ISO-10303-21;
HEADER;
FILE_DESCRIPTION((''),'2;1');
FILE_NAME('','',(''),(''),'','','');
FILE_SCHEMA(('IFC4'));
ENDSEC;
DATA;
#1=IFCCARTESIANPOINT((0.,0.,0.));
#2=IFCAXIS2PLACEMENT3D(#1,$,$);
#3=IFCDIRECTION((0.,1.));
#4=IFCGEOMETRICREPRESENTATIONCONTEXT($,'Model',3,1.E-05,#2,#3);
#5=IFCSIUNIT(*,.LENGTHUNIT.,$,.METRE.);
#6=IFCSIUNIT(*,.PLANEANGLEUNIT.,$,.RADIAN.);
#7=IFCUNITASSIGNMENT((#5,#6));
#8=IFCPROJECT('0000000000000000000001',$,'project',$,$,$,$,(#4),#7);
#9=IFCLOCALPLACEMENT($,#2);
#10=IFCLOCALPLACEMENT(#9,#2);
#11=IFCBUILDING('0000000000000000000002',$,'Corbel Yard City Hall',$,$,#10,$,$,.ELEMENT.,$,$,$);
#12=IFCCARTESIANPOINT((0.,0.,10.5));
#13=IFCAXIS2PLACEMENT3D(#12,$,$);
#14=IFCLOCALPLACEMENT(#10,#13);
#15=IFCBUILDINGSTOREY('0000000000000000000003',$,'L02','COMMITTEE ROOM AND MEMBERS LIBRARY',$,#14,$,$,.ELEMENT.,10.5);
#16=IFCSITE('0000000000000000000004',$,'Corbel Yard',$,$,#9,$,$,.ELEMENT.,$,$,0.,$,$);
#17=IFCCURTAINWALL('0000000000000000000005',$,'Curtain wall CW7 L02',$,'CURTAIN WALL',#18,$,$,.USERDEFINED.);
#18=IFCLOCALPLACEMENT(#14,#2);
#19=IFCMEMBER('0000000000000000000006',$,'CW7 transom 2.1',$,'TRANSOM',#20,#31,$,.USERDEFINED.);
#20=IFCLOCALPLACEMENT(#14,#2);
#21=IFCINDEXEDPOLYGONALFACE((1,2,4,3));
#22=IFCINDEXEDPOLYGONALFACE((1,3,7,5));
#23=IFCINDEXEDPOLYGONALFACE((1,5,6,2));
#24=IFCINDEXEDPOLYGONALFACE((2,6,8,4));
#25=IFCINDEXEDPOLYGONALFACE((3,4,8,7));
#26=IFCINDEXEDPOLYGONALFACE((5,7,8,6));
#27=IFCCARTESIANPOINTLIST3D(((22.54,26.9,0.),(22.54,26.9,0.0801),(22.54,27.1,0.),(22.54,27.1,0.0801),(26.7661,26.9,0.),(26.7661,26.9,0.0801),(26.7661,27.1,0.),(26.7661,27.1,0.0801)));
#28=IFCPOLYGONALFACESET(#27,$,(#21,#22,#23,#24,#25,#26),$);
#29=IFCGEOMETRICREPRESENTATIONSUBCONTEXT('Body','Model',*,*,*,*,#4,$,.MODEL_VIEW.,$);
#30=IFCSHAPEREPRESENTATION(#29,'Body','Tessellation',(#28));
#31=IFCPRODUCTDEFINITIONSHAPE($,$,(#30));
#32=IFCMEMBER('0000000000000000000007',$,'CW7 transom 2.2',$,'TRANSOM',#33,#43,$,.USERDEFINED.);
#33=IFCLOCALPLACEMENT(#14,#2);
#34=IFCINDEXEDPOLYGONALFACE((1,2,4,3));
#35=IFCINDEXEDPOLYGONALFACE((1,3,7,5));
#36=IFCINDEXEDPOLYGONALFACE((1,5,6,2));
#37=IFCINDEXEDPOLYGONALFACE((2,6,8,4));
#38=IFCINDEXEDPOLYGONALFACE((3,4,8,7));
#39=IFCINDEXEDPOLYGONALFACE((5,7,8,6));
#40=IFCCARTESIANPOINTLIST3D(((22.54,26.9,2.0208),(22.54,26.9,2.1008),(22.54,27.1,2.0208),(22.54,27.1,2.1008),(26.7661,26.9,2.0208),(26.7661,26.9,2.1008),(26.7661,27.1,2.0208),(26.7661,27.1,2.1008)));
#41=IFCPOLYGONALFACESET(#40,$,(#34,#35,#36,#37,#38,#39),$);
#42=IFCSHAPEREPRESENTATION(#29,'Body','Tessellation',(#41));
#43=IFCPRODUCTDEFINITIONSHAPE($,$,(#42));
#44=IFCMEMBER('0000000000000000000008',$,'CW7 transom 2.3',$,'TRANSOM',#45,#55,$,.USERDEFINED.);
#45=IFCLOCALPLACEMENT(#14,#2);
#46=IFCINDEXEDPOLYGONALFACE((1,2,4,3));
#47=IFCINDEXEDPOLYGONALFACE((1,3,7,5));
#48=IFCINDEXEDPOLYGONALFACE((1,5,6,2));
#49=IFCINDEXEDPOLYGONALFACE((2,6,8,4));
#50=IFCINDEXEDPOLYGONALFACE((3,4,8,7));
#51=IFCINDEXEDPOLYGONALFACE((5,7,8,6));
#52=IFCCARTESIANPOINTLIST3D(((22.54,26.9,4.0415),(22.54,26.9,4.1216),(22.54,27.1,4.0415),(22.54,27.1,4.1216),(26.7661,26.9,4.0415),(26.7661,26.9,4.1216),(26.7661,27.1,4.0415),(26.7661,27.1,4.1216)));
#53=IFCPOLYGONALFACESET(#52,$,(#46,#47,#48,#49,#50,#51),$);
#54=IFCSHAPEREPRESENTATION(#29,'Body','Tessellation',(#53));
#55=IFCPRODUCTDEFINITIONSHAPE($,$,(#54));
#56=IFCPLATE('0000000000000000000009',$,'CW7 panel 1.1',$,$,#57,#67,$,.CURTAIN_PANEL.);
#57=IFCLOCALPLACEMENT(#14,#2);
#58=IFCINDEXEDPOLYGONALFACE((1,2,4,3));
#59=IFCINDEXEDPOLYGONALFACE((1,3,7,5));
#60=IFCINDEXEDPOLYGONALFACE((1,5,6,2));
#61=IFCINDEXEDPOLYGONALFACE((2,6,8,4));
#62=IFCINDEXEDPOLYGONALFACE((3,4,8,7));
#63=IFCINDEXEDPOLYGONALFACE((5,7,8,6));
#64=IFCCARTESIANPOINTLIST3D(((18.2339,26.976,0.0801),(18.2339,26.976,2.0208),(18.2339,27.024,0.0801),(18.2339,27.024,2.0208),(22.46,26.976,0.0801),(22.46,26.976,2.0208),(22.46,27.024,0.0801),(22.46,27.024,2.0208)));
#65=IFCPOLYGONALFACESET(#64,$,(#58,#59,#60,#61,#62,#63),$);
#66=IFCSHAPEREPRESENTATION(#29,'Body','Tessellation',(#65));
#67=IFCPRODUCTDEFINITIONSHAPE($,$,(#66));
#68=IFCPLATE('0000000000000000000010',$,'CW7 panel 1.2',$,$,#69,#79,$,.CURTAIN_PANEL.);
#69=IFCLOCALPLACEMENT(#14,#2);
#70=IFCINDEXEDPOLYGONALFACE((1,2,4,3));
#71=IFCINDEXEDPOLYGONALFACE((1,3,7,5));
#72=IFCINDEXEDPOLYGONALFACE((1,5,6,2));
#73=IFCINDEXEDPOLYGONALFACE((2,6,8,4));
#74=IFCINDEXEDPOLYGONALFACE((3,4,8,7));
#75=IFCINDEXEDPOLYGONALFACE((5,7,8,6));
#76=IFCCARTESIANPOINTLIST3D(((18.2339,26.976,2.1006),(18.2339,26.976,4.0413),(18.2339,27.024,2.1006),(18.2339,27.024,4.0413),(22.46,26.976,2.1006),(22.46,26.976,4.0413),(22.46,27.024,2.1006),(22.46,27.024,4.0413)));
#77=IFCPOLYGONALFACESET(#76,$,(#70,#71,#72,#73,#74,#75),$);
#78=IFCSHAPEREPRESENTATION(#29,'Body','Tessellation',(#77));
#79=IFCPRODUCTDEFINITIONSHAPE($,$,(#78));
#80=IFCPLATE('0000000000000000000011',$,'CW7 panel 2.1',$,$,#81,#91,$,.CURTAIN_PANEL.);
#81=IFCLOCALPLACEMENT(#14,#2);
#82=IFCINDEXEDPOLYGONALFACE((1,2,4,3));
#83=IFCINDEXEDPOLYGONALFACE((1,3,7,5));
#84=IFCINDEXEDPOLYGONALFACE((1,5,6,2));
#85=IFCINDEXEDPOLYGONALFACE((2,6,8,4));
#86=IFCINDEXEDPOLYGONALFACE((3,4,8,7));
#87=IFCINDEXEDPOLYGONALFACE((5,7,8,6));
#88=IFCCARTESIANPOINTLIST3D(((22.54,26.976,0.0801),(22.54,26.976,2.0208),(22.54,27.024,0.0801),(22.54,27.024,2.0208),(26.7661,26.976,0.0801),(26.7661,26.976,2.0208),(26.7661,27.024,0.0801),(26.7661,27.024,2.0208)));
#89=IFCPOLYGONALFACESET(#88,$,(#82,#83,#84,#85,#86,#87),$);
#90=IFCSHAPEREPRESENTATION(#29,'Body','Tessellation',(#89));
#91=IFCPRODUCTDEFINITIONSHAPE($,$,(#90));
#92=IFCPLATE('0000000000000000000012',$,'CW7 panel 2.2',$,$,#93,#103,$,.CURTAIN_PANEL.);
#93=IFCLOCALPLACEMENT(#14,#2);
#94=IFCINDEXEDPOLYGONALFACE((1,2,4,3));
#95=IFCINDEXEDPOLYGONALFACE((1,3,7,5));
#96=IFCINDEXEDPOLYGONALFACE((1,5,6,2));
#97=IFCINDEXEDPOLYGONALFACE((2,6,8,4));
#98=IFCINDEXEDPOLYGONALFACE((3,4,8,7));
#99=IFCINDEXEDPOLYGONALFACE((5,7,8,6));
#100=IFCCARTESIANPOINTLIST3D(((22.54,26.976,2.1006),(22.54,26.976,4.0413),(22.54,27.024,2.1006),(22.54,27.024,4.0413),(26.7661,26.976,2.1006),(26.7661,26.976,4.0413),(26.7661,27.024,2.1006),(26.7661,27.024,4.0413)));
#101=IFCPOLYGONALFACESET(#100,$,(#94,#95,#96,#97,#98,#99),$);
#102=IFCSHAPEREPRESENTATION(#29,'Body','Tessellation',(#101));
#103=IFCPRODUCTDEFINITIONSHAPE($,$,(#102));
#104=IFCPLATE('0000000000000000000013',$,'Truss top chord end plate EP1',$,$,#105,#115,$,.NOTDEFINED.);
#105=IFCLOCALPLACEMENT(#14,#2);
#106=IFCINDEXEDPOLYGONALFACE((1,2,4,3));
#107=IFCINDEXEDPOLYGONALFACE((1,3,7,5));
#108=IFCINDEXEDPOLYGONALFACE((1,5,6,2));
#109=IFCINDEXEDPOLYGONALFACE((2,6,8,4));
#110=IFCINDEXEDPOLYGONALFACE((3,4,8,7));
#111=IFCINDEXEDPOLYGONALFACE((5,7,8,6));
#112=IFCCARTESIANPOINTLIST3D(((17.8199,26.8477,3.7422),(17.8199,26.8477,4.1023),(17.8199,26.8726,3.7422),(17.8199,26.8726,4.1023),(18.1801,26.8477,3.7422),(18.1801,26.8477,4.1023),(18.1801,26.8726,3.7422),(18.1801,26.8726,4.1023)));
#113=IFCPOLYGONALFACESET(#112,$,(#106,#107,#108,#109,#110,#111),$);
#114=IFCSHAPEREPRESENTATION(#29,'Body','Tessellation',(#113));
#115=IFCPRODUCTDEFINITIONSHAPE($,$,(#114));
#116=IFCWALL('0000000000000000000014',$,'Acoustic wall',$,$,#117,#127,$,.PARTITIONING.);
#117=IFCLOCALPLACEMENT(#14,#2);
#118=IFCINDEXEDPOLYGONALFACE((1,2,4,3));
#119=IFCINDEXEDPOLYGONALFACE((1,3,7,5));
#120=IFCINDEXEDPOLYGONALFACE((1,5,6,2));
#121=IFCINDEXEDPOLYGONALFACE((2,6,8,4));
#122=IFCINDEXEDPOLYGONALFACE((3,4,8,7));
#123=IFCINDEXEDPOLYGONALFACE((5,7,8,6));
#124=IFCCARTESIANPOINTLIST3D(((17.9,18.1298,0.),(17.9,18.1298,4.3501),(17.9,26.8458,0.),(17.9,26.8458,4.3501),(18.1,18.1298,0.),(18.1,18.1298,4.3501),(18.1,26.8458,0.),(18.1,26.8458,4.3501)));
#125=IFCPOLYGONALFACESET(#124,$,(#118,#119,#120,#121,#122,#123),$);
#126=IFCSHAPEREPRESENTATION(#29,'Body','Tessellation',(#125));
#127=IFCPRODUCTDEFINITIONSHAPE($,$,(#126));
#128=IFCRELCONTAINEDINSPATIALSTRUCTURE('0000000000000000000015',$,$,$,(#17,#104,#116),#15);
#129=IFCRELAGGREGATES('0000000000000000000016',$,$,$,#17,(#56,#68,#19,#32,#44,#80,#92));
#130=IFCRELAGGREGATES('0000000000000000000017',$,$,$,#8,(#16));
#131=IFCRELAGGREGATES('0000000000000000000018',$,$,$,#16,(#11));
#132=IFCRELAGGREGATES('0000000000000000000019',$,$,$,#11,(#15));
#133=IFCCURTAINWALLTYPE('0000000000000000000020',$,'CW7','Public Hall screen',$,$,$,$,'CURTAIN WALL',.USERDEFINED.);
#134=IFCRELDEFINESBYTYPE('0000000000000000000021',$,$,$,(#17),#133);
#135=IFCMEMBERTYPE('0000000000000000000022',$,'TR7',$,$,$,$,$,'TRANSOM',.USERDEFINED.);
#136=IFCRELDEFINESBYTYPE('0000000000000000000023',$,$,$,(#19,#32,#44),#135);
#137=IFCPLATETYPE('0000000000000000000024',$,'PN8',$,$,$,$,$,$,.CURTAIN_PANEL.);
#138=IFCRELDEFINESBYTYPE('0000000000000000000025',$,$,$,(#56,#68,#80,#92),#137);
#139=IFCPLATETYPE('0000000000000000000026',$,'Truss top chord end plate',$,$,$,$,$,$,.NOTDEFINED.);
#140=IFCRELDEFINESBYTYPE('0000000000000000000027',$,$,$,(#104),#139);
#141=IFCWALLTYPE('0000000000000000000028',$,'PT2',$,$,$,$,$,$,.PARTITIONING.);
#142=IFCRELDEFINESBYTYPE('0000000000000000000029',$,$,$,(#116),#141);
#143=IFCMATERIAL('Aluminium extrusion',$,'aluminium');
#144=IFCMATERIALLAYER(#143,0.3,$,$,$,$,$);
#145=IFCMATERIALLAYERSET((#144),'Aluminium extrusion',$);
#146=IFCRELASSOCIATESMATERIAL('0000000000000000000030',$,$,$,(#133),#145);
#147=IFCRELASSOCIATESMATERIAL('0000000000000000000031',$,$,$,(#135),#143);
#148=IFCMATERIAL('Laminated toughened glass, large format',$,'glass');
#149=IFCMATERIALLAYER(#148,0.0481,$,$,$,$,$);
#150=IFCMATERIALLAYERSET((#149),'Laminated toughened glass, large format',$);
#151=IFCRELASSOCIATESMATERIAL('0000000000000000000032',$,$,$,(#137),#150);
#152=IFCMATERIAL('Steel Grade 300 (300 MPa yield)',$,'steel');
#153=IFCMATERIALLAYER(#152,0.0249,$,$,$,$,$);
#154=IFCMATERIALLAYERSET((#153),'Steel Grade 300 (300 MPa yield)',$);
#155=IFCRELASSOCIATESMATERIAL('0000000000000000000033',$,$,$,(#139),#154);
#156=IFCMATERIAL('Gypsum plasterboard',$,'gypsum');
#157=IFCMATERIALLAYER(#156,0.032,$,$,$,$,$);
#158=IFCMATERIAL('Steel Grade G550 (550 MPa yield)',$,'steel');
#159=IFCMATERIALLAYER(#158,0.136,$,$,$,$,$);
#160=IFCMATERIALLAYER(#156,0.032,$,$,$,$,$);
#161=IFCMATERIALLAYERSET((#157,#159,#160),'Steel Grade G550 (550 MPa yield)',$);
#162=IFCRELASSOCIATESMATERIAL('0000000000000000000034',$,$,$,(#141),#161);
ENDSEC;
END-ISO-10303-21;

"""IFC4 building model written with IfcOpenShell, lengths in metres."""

from ifc_helpers import new_model, si_unit, direction, frame, frame_2d, origin, origin_2d, place, context, subcontext, project, spatial, rectangle, extrude, material, layer, layer_set, material_profile, profile_set, type_object, element, aggregate, save


model = new_model("IFC4")

# Units and contexts
model_context = context("Model", 3, precision=1e-05, world=origin(), true_north=direction((0.0, 1.0)))
body_context = subcontext(model_context, "Body", "Model", "MODEL_VIEW")
ifc_project = project(units=[si_unit("LENGTHUNIT", "METRE"), si_unit("PLANEANGLEUNIT", "RADIAN")], contexts=[model_context])

# Site, building, storey
site_placement = place(None, origin())
site = spatial("IfcSite", under=ifc_project, at=site_placement, Name="Corbel Yard", CompositionType="ELEMENT", RefElevation=0.0)
building_placement = place(site_placement, origin())
building = spatial("IfcBuilding", under=site, at=building_placement, Name="Corbel Yard City Hall", CompositionType="ELEMENT")
storey_placement = place(building_placement, frame((0.0, 0.0, 10.5)))
storey = spatial("IfcBuildingStorey", under=building, at=storey_placement, Name="L02", Description="COMMITTEE ROOM AND MEMBERS LIBRARY", CompositionType="ELEMENT", Elevation=10.5)

# Shared definitions
ifc_material_1 = material(Name="Steel Grade 300 (300 MPa yield)", Category="steel")

# Curtain wall
ifc_material_2 = material(Name="Aluminium extrusion", Category="aluminium")
ifc_layer_1 = layer(ifc_material_2, 0.3)
ifc_layer_set_1 = layer_set([ifc_layer_1], Name="Aluminium extrusion")
curtain_wall_type = type_object("IfcCurtainWallType", Name="CW7", Description="Public Hall screen", ElementType="CURTAIN WALL", PredefinedType="USERDEFINED", material=ifc_layer_set_1)
curtain_wall_placement = place(storey_placement, origin())
curtain_wall = element("IfcCurtainWall", 1, at=curtain_wall_placement, inside=storey, type_object=curtain_wall_type, Name="Curtain wall CW7 L02", ObjectType="CURTAIN WALL", PredefinedType="USERDEFINED")

# Members
ifc_material_profile_1 = material_profile(ifc_material_2, rectangle(XDim=0.2, YDim=0.0801, at=origin_2d()), Name="200x80")
ifc_profile_set_1 = profile_set([ifc_material_profile_1], Name="Aluminium extrusion")
member_type_1 = type_object("IfcMemberType", Name="TR7", ElementType="TRANSOM", PredefinedType="USERDEFINED", material=ifc_profile_set_1)
member_1_placement = place(storey_placement, frame((22.54, 27.0, 0.04), z_axis=(1.0, 0.0, 0.0), x_axis=(0.0, 1.0, 0.0)))
member_1 = element("IfcMember", 2, at=member_1_placement, type_object=member_type_1, Name="CW7 transom 2.1", ObjectType="TRANSOM", PredefinedType="USERDEFINED", context=body_context, shape_type="SweptSolid", body=[
    extrude(rectangle(XDim=0.2, YDim=0.0801, at=origin_2d()), origin(), (0.0, 0.0, 1.0), 4.2261),
])
member_2_placement = place(storey_placement, frame((22.54, 27.0, 2.0608), z_axis=(1.0, 0.0, 0.0), x_axis=(0.0, 1.0, 0.0)))
member_2 = element("IfcMember", 3, at=member_2_placement, type_object=member_type_1, Name="CW7 transom 2.2", ObjectType="TRANSOM", PredefinedType="USERDEFINED", context=body_context, shape_type="SweptSolid", body=[
    extrude(rectangle(XDim=0.2, YDim=0.0801, at=origin_2d()), origin(), (0.0, 0.0, 1.0), 4.2261),
])
member_3_placement = place(storey_placement, frame((22.54, 27.0, 4.0815), z_axis=(1.0, 0.0, 0.0), x_axis=(0.0, 1.0, 0.0)))
member_3 = element("IfcMember", 4, at=member_3_placement, type_object=member_type_1, Name="CW7 transom 2.3", ObjectType="TRANSOM", PredefinedType="USERDEFINED", context=body_context, shape_type="SweptSolid", body=[
    extrude(rectangle(XDim=0.2, YDim=0.0801, at=origin_2d()), origin(), (0.0, 0.0, 1.0), 4.2261),
])

# Plates
ifc_material_3 = material(Name="Laminated toughened glass, large format", Category="glass")
ifc_layer_2 = layer(ifc_material_3, 0.0481)
ifc_layer_set_2 = layer_set([ifc_layer_2], Name="Laminated toughened glass, large format")
plate_type_1 = type_object("IfcPlateType", Name="PN8", PredefinedType="CURTAIN_PANEL", material=ifc_layer_set_2)
plate_1_placement = place(storey_placement, frame((20.3469, 27.0, 0.0801), z_axis=(0.0, 0.0, 1.0), x_axis=(1.0, 0.0, 0.0)))
plate_1 = element("IfcPlate", 5, at=plate_1_placement, type_object=plate_type_1, Name="CW7 panel 1.1", PredefinedType="CURTAIN_PANEL", context=body_context, shape_type="SweptSolid", body=[
    extrude(rectangle(XDim=4.2261, YDim=0.0481, at=origin_2d()), origin(), (0.0, 0.0, 1.0), 1.9407),
])
plate_2_placement = place(storey_placement, frame((20.3469, 27.0, 2.1006), z_axis=(0.0, 0.0, 1.0), x_axis=(1.0, 0.0, 0.0)))
plate_2 = element("IfcPlate", 6, at=plate_2_placement, type_object=plate_type_1, Name="CW7 panel 1.2", PredefinedType="CURTAIN_PANEL", context=body_context, shape_type="SweptSolid", body=[
    extrude(rectangle(XDim=4.2261, YDim=0.0481, at=origin_2d()), origin(), (0.0, 0.0, 1.0), 1.9407),
])
plate_3_placement = place(storey_placement, frame((24.6531, 27.0, 0.0801), z_axis=(0.0, 0.0, 1.0), x_axis=(1.0, 0.0, 0.0)))
plate_3 = element("IfcPlate", 7, at=plate_3_placement, type_object=plate_type_1, Name="CW7 panel 2.1", PredefinedType="CURTAIN_PANEL", context=body_context, shape_type="SweptSolid", body=[
    extrude(rectangle(XDim=4.2261, YDim=0.0481, at=origin_2d()), origin(), (0.0, 0.0, 1.0), 1.9407),
])
plate_4_placement = place(storey_placement, frame((24.6531, 27.0, 2.1006), z_axis=(0.0, 0.0, 1.0), x_axis=(1.0, 0.0, 0.0)))
plate_4 = element("IfcPlate", 8, at=plate_4_placement, type_object=plate_type_1, Name="CW7 panel 2.2", PredefinedType="CURTAIN_PANEL", context=body_context, shape_type="SweptSolid", body=[
    extrude(rectangle(XDim=4.2261, YDim=0.0481, at=origin_2d()), origin(), (0.0, 0.0, 1.0), 1.9407),
])
aggregate(curtain_wall, [plate_1, plate_2, member_1, member_2, member_3, plate_3, plate_4])
ifc_layer_3 = layer(ifc_material_1, 0.0249)
ifc_layer_set_3 = layer_set([ifc_layer_3], Name="Steel Grade 300 (300 MPa yield)")
plate_type_2 = type_object("IfcPlateType", Name="Truss top chord end plate", PredefinedType="NOTDEFINED", material=ifc_layer_set_3)
plate_5_placement = place(storey_placement, frame((18.0, 26.8601, 3.7422), z_axis=(0.0, 0.0, 1.0), x_axis=(1.0, 0.0, 0.0)))
element("IfcPlate", 9, at=plate_5_placement, inside=storey, type_object=plate_type_2, Name="Truss top chord end plate EP1", PredefinedType="NOTDEFINED", context=body_context, shape_type="SweptSolid", body=[
    extrude(rectangle(XDim=0.3601, YDim=0.0249, at=origin_2d()), origin(), (0.0, 0.0, 1.0), 0.3601),
])

# Wall
ifc_material_4 = material(Name="Gypsum plasterboard", Category="gypsum")
ifc_layer_4 = layer(ifc_material_4, 0.032)
ifc_material_5 = material(Name="Steel Grade G550 (550 MPa yield)", Category="steel")
ifc_layer_5 = layer(ifc_material_5, 0.136)
ifc_layer_6 = layer(ifc_material_4, 0.032)
ifc_layer_set_4 = layer_set([ifc_layer_4, ifc_layer_5, ifc_layer_6], Name="Steel Grade G550 (550 MPa yield)")
wall_type = type_object("IfcWallType", Name="PT2", PredefinedType="PARTITIONING", material=ifc_layer_set_4)
wall_placement = place(storey_placement, frame((18.0, 18.1299, 0.0), z_axis=(0.0, 0.0, 1.0), x_axis=(0.0, 1.0, 0.0)))
element("IfcWall", 10, at=wall_placement, inside=storey, type_object=wall_type, Name="Acoustic wall", PredefinedType="PARTITIONING", context=body_context, shape_type="SweptSolid", body=[
    extrude(rectangle(XDim=8.7161, YDim=0.2, at=frame_2d((4.3579, 0.0))), origin(), (0.0, 0.0, 1.0), 4.3501),
])

save(model, "model.ifc")
